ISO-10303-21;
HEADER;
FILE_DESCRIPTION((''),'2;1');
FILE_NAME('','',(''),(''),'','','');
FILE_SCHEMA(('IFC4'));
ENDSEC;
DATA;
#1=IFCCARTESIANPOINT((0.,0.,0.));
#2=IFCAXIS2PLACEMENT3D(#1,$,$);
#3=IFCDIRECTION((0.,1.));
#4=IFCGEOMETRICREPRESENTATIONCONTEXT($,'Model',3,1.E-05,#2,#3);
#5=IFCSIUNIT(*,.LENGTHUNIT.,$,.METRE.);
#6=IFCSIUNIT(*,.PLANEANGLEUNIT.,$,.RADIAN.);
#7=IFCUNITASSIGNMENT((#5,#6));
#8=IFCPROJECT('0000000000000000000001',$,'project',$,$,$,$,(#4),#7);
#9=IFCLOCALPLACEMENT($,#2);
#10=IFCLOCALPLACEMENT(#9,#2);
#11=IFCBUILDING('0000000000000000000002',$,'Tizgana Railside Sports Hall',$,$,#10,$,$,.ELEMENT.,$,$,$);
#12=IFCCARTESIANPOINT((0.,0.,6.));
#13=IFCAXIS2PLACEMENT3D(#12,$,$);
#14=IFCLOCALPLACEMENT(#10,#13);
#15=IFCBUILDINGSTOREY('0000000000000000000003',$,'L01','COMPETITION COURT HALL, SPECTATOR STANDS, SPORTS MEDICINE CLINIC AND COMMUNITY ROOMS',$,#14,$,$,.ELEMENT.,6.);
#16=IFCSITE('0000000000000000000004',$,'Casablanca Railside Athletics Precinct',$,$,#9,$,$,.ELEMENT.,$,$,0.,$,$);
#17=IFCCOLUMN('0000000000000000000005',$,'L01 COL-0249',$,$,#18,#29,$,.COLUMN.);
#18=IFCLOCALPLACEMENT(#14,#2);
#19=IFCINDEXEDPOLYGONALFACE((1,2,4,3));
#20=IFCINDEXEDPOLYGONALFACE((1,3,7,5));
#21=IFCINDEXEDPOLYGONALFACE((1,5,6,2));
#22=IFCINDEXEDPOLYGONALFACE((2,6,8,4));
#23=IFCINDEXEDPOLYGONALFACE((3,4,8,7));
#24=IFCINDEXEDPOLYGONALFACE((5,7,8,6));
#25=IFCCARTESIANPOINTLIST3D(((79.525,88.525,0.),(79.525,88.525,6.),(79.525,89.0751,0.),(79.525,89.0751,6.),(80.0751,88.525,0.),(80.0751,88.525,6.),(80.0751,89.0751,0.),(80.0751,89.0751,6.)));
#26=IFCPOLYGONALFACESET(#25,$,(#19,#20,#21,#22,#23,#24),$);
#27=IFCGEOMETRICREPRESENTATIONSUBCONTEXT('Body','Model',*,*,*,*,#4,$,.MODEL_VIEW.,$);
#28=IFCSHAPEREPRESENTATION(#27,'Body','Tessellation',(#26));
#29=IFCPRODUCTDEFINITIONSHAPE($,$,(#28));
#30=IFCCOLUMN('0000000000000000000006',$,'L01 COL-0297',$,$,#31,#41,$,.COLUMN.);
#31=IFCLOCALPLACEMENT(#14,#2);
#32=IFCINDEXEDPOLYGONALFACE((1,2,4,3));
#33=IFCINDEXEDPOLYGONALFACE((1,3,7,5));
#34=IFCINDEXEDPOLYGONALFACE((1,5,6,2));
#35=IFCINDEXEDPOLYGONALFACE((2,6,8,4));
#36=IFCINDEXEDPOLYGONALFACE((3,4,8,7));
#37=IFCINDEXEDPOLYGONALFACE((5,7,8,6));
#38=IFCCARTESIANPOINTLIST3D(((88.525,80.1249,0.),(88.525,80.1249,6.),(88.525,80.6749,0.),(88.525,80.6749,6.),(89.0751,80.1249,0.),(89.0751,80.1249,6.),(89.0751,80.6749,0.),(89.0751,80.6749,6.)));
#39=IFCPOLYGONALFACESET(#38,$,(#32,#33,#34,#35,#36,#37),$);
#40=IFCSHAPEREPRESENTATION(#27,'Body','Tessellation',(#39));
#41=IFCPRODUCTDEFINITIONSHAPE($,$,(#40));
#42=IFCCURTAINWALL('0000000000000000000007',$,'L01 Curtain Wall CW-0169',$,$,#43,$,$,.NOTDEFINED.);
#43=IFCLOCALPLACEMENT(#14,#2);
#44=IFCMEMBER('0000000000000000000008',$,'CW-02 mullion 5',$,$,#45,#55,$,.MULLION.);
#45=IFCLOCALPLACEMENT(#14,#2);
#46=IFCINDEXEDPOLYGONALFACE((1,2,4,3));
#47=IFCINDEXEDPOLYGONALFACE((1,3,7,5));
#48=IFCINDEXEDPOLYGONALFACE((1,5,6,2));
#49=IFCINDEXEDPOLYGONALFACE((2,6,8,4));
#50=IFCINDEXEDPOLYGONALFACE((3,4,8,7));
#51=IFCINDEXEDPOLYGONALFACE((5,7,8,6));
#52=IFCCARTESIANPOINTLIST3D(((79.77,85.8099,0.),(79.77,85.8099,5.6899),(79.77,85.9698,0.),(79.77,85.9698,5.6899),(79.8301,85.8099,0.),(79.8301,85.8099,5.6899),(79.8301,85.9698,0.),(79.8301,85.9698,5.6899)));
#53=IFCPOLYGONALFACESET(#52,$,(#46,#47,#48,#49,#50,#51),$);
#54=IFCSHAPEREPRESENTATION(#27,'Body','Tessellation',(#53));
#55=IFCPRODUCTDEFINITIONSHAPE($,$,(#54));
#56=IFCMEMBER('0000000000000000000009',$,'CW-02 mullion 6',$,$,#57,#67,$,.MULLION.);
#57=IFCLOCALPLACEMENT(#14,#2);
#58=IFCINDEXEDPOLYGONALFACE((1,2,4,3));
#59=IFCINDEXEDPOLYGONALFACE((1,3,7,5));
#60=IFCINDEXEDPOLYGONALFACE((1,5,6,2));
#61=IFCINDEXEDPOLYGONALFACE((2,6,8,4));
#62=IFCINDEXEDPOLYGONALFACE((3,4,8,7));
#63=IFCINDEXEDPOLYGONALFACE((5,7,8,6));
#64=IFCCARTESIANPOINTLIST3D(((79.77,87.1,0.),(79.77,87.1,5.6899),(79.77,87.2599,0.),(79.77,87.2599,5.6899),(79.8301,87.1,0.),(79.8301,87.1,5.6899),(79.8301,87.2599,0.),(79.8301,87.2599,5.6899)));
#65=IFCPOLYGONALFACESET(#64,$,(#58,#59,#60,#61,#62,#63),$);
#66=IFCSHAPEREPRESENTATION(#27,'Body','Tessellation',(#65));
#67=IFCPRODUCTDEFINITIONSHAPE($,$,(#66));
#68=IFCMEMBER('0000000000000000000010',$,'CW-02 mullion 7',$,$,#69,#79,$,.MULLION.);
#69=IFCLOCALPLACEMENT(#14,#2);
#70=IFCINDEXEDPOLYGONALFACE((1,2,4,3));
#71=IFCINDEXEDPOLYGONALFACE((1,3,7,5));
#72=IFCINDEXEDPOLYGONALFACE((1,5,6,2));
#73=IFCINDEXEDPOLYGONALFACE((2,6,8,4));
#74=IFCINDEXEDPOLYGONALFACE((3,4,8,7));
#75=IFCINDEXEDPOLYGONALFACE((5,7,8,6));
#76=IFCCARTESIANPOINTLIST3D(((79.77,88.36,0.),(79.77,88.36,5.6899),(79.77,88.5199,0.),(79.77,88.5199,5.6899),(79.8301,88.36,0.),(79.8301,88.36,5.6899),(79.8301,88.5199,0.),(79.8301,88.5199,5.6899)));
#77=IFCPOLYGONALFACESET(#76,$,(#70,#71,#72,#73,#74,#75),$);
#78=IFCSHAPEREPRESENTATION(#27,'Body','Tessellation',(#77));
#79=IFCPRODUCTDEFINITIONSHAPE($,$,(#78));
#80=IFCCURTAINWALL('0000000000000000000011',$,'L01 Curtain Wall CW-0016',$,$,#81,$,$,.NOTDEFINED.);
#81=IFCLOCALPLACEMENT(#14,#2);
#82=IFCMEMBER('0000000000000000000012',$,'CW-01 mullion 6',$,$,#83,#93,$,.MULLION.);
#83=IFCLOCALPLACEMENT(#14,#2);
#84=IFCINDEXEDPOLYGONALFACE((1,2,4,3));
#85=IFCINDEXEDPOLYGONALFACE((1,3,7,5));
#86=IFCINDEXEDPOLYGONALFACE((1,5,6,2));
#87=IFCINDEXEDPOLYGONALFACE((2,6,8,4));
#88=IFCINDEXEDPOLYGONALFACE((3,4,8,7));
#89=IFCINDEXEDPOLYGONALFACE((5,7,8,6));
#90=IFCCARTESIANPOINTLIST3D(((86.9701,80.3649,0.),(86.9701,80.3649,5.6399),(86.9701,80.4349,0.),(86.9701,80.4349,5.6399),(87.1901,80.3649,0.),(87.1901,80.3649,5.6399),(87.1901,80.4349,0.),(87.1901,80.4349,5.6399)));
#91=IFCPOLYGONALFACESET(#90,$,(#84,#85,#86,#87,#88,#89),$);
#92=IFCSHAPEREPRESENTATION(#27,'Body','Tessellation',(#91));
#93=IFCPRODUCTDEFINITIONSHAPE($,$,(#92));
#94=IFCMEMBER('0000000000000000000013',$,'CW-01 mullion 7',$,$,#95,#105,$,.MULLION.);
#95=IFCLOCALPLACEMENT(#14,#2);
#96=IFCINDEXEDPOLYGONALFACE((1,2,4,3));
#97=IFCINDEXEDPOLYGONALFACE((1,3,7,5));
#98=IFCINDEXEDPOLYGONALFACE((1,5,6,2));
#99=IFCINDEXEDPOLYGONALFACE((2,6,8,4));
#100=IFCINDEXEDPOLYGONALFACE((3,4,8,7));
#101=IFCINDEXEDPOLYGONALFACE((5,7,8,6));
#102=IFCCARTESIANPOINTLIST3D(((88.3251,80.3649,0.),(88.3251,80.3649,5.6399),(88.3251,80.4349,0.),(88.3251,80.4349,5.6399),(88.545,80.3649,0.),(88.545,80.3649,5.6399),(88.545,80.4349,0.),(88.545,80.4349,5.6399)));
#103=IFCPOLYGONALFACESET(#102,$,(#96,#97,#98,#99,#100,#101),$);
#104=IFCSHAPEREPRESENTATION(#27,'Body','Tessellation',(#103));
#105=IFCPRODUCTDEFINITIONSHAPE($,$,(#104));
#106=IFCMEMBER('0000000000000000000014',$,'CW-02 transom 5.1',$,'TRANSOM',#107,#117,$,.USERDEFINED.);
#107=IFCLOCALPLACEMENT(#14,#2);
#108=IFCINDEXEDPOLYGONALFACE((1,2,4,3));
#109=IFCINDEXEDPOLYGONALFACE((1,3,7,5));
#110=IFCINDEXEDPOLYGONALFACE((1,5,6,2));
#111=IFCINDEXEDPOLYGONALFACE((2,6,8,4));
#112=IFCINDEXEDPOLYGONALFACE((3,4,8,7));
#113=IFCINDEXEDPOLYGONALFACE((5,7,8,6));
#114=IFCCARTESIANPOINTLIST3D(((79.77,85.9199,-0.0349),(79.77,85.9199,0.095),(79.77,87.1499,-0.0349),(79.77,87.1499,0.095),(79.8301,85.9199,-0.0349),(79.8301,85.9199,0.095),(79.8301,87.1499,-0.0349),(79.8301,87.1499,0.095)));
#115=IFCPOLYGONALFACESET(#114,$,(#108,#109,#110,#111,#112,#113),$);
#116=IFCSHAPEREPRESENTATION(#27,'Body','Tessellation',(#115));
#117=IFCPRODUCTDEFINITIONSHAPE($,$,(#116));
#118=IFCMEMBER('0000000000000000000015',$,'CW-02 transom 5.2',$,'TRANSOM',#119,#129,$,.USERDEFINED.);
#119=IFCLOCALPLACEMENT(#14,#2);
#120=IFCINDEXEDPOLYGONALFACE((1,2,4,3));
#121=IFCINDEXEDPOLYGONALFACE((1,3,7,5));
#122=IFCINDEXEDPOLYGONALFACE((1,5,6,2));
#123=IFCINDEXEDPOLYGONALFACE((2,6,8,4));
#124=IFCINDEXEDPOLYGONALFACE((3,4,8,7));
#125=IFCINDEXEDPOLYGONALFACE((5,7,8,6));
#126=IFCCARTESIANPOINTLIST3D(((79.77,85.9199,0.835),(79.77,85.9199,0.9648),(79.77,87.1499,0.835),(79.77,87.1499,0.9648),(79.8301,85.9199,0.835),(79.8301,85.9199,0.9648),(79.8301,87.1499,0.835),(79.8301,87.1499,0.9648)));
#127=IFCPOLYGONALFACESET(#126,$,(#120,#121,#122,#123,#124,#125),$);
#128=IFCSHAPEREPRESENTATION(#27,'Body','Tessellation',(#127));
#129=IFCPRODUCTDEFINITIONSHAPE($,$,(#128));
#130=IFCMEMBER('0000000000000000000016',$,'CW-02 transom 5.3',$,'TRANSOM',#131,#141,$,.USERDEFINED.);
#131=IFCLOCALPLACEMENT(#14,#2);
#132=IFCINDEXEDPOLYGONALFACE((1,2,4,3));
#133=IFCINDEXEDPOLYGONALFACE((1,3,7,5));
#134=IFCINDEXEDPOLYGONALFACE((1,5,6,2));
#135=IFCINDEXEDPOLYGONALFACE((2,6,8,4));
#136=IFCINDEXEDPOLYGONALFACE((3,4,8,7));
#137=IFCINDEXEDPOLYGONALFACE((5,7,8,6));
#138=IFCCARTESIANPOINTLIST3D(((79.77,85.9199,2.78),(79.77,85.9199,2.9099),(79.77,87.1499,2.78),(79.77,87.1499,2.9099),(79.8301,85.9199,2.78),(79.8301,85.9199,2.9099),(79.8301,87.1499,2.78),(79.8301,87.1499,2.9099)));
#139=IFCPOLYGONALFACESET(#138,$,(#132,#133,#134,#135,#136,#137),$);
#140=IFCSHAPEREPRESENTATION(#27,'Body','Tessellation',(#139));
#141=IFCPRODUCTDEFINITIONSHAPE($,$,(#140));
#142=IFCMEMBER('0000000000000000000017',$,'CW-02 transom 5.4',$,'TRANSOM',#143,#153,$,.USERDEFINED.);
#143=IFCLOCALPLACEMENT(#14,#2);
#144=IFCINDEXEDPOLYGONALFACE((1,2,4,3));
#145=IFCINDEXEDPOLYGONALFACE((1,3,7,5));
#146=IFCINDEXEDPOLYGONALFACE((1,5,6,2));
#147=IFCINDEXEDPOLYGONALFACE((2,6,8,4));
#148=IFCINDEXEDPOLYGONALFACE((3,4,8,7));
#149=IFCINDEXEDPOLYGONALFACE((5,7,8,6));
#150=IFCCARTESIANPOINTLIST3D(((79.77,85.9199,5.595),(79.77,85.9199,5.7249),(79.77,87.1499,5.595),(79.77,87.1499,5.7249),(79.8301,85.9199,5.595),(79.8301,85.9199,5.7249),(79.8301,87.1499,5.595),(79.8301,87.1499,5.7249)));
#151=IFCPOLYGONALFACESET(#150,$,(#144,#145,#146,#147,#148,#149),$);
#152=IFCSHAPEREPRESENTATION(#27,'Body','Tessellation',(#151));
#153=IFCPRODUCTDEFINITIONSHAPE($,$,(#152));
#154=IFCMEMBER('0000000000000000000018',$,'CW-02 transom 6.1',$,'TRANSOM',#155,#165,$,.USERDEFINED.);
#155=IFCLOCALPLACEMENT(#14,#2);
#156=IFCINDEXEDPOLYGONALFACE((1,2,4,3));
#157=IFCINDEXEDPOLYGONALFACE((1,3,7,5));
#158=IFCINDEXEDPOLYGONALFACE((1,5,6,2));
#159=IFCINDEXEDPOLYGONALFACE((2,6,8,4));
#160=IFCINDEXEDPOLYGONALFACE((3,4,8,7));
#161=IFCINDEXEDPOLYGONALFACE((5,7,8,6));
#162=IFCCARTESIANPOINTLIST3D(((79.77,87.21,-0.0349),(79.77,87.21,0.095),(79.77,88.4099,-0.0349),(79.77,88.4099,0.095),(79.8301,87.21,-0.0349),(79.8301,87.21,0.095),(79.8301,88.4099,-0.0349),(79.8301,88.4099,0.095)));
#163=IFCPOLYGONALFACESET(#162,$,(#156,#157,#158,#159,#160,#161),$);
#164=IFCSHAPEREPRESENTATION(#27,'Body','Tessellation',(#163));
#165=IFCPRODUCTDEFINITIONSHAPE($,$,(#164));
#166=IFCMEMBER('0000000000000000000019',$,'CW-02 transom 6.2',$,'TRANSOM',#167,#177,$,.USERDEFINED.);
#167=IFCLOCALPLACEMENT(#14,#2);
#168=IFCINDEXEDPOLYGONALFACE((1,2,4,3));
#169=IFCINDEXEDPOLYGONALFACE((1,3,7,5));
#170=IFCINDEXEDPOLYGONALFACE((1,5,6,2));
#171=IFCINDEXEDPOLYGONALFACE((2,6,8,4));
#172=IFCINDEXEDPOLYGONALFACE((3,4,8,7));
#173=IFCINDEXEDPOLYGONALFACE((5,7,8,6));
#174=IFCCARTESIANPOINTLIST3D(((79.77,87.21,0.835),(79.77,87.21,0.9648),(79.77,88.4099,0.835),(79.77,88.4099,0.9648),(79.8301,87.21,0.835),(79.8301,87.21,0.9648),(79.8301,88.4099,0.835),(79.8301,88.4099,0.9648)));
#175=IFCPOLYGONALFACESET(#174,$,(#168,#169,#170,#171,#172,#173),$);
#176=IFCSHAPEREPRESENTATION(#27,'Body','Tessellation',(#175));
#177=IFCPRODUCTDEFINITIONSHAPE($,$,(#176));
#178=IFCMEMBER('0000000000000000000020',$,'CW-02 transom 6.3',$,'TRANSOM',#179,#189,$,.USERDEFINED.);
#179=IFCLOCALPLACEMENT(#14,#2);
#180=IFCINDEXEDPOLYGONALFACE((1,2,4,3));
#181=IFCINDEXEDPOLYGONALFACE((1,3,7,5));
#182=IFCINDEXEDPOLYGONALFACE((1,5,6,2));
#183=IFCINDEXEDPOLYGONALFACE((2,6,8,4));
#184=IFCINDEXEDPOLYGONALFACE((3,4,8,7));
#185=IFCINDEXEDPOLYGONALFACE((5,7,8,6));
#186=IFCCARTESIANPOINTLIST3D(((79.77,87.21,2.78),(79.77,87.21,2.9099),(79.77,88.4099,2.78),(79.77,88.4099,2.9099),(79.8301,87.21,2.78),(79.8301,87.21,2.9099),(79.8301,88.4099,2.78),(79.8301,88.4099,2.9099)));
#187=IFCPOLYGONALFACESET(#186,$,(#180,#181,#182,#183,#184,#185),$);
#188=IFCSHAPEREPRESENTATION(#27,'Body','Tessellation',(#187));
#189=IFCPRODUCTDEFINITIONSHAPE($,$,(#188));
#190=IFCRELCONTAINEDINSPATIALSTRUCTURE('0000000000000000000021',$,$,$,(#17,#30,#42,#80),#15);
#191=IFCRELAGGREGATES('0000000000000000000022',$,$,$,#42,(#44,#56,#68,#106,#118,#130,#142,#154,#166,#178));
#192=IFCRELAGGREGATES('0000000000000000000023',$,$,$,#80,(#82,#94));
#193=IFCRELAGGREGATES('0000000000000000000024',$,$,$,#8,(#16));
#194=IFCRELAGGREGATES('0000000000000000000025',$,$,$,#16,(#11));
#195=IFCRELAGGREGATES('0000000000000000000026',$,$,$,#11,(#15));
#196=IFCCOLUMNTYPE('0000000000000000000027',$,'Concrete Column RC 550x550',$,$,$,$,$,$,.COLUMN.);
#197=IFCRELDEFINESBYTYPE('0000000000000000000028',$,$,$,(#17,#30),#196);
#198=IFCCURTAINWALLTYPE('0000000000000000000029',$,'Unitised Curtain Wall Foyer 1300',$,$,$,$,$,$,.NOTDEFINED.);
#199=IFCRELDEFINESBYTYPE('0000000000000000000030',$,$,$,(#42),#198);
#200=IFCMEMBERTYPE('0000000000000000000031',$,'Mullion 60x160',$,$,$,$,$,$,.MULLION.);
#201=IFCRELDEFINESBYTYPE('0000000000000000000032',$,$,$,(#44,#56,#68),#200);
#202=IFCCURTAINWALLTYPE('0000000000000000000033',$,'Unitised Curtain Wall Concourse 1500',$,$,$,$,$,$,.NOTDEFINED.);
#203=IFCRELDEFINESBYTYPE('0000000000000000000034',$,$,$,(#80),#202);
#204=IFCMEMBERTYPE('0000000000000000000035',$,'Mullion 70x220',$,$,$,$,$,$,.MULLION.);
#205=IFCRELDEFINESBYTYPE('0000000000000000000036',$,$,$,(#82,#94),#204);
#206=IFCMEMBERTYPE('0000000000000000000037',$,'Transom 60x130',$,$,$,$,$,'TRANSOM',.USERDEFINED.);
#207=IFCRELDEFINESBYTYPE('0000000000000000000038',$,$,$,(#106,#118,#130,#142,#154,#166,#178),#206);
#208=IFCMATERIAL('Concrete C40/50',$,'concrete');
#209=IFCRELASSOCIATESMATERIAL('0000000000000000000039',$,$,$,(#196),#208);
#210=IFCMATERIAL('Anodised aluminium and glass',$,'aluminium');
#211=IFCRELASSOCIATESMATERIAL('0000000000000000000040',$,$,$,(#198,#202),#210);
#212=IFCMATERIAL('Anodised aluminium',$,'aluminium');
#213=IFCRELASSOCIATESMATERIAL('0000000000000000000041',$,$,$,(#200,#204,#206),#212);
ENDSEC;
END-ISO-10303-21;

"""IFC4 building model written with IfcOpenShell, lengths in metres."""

from ifc_helpers import new_model, si_unit, direction, frame, origin, origin_2d, place, context, subcontext, project, spatial, rectangle, extrude, material, material_profile, profile_set, type_object, element, aggregate, save


model = new_model("IFC4")

# Units and contexts
model_context = context("Model", 3, precision=1e-05, world=origin(), true_north=direction((0.0, 1.0)))
body_context = subcontext(model_context, "Body", "Model", "MODEL_VIEW")
ifc_project = project(units=[si_unit("LENGTHUNIT", "METRE"), si_unit("PLANEANGLEUNIT", "RADIAN")], contexts=[model_context])

# Site, building, storey
site_placement = place(None, origin())
site = spatial("IfcSite", under=ifc_project, at=site_placement, Name="Casablanca Railside Athletics Precinct", CompositionType="ELEMENT", RefElevation=0.0)
building_placement = place(site_placement, origin())
building = spatial("IfcBuilding", under=site, at=building_placement, Name="Tizgana Railside Sports Hall", CompositionType="ELEMENT")
storey_placement = place(building_placement, frame((0.0, 0.0, 6.0)))
storey = spatial("IfcBuildingStorey", under=building, at=storey_placement, Name="L01", Description="COMPETITION COURT HALL, SPECTATOR STANDS, SPORTS MEDICINE CLINIC AND COMMUNITY ROOMS", CompositionType="ELEMENT", Elevation=6.0)

# Columns
ifc_material_1 = material(Name="Concrete C40/50", Category="concrete")
ifc_material_profile_1 = material_profile(ifc_material_1, rectangle(XDim=0.55, YDim=0.55, at=origin_2d()), Name="RC 550x550")
ifc_profile_set_1 = profile_set([ifc_material_profile_1], Name="Concrete C40/50")
column_type = type_object("IfcColumnType", Name="Concrete Column RC 550x550", PredefinedType="COLUMN", material=ifc_profile_set_1)
for number, where, z_axis, x_axis, name in (
    (1, (79.8, 88.8, 0.0), (0.0, 0.0, 1.0), (1.0, 0.0, 0.0), "L01 COL-0249"),
    (2, (88.8, 80.3999, 0.0), (0.0, 0.0, 1.0), (1.0, 0.0, 0.0), "L01 COL-0297"),
):
    element("IfcColumn", number, at=place(storey_placement, frame(where, z_axis=z_axis, x_axis=x_axis)), inside=storey, type_object=column_type, Name=name, PredefinedType="COLUMN", context=body_context, shape_type="SweptSolid", body=[
        extrude(rectangle(XDim=0.55, YDim=0.55, at=origin_2d()), origin(), (0.0, 0.0, 1.0), 6.0),
    ])

# Curtain walls, members
ifc_material_2 = material(Name="Anodised aluminium and glass", Category="aluminium")
curtain_wall_type_1 = type_object("IfcCurtainWallType", Name="Unitised Curtain Wall Foyer 1300", PredefinedType="NOTDEFINED", material=ifc_material_2)
curtain_wall_1_placement = place(storey_placement, origin())
curtain_wall_1 = element("IfcCurtainWall", 3, at=curtain_wall_1_placement, inside=storey, type_object=curtain_wall_type_1, Name="L01 Curtain Wall CW-0169", PredefinedType="NOTDEFINED")
ifc_material_3 = material(Name="Anodised aluminium", Category="aluminium")
ifc_material_profile_2 = material_profile(ifc_material_3, rectangle(XDim=0.0601, YDim=0.1599, at=origin_2d()), Name="Mullion 60x160")
ifc_profile_set_2 = profile_set([ifc_material_profile_2], Name="Anodised aluminium")
member_type_1 = type_object("IfcMemberType", Name="Mullion 60x160", PredefinedType="MULLION", material=ifc_profile_set_2)
member_1_placement = place(storey_placement, frame((79.8, 85.8899, 0.0), z_axis=(0.0, 0.0, 1.0), x_axis=(-1.0, 0.0, 0.0)))
member_1 = element("IfcMember", 4, at=member_1_placement, type_object=member_type_1, Name="CW-02 mullion 5", PredefinedType="MULLION", context=body_context, shape_type="SweptSolid", body=[
    extrude(rectangle(XDim=0.0601, YDim=0.1599, at=origin_2d()), origin(), (0.0, 0.0, 1.0), 5.6899),
])
member_2_placement = place(storey_placement, frame((79.8, 87.1799, 0.0), z_axis=(0.0, 0.0, 1.0), x_axis=(-1.0, 0.0, 0.0)))
member_2 = element("IfcMember", 5, at=member_2_placement, type_object=member_type_1, Name="CW-02 mullion 6", PredefinedType="MULLION", context=body_context, shape_type="SweptSolid", body=[
    extrude(rectangle(XDim=0.0601, YDim=0.1599, at=origin_2d()), origin(), (0.0, 0.0, 1.0), 5.6899),
])
member_3_placement = place(storey_placement, frame((79.8, 88.4399, 0.0), z_axis=(0.0, 0.0, 1.0), x_axis=(-1.0, 0.0, 0.0)))
member_3 = element("IfcMember", 6, at=member_3_placement, type_object=member_type_1, Name="CW-02 mullion 7", PredefinedType="MULLION", context=body_context, shape_type="SweptSolid", body=[
    extrude(rectangle(XDim=0.0601, YDim=0.1599, at=origin_2d()), origin(), (0.0, 0.0, 1.0), 5.6899),
])
curtain_wall_type_2 = type_object("IfcCurtainWallType", Name="Unitised Curtain Wall Concourse 1500", PredefinedType="NOTDEFINED", material=ifc_material_2)
curtain_wall_2_placement = place(storey_placement, origin())
curtain_wall_2 = element("IfcCurtainWall", 7, at=curtain_wall_2_placement, inside=storey, type_object=curtain_wall_type_2, Name="L01 Curtain Wall CW-0016", PredefinedType="NOTDEFINED")
ifc_material_profile_3 = material_profile(ifc_material_3, rectangle(XDim=0.0701, YDim=0.22, at=origin_2d()), Name="Mullion 70x220")
ifc_profile_set_3 = profile_set([ifc_material_profile_3], Name="Anodised aluminium")
member_type_2 = type_object("IfcMemberType", Name="Mullion 70x220", PredefinedType="MULLION", material=ifc_profile_set_3)
member_4_placement = place(storey_placement, frame((87.0801, 80.3999, 0.0), z_axis=(0.0, 0.0, 1.0), x_axis=(0.0, 1.0, 0.0)))
member_4 = element("IfcMember", 8, at=member_4_placement, type_object=member_type_2, Name="CW-01 mullion 6", PredefinedType="MULLION", context=body_context, shape_type="SweptSolid", body=[
    extrude(rectangle(XDim=0.0701, YDim=0.22, at=origin_2d()), origin(), (0.0, 0.0, 1.0), 5.6399),
])
member_5_placement = place(storey_placement, frame((88.4351, 80.3999, 0.0), z_axis=(0.0, 0.0, 1.0), x_axis=(0.0, 1.0, 0.0)))
member_5 = element("IfcMember", 9, at=member_5_placement, type_object=member_type_2, Name="CW-01 mullion 7", PredefinedType="MULLION", context=body_context, shape_type="SweptSolid", body=[
    extrude(rectangle(XDim=0.0701, YDim=0.22, at=origin_2d()), origin(), (0.0, 0.0, 1.0), 5.6399),
])

# Members
ifc_material_profile_4 = material_profile(ifc_material_3, rectangle(XDim=0.0601, YDim=0.1299, at=origin_2d()), Name="Transom 60x130")
ifc_profile_set_4 = profile_set([ifc_material_profile_4], Name="Anodised aluminium")
member_type_3 = type_object("IfcMemberType", Name="Transom 60x130", ElementType="TRANSOM", PredefinedType="USERDEFINED", material=ifc_profile_set_4)
member_6_placement = place(storey_placement, frame((79.8, 85.9199, 0.03), z_axis=(0.0, 1.0, 0.0), x_axis=(-1.0, 0.0, 0.0)))
member_6 = element("IfcMember", 10, at=member_6_placement, type_object=member_type_3, Name="CW-02 transom 5.1", ObjectType="TRANSOM", PredefinedType="USERDEFINED", context=body_context, shape_type="SweptSolid", body=[
    extrude(rectangle(XDim=0.0601, YDim=0.1299, at=origin_2d()), origin(), (0.0, 0.0, 1.0), 1.23),
])
member_7_placement = place(storey_placement, frame((79.8, 85.9199, 0.8999), z_axis=(0.0, 1.0, 0.0), x_axis=(-1.0, 0.0, 0.0)))
member_7 = element("IfcMember", 11, at=member_7_placement, type_object=member_type_3, Name="CW-02 transom 5.2", ObjectType="TRANSOM", PredefinedType="USERDEFINED", context=body_context, shape_type="SweptSolid", body=[
    extrude(rectangle(XDim=0.0601, YDim=0.1299, at=origin_2d()), origin(), (0.0, 0.0, 1.0), 1.23),
])
member_8_placement = place(storey_placement, frame((79.8, 85.9199, 2.845), z_axis=(0.0, 1.0, 0.0), x_axis=(-1.0, 0.0, 0.0)))
member_8 = element("IfcMember", 12, at=member_8_placement, type_object=member_type_3, Name="CW-02 transom 5.3", ObjectType="TRANSOM", PredefinedType="USERDEFINED", context=body_context, shape_type="SweptSolid", body=[
    extrude(rectangle(XDim=0.0601, YDim=0.1299, at=origin_2d()), origin(), (0.0, 0.0, 1.0), 1.23),
])
member_9_placement = place(storey_placement, frame((79.8, 85.9199, 5.6599), z_axis=(0.0, 1.0, 0.0), x_axis=(-1.0, 0.0, 0.0)))
member_9 = element("IfcMember", 13, at=member_9_placement, type_object=member_type_3, Name="CW-02 transom 5.4", ObjectType="TRANSOM", PredefinedType="USERDEFINED", context=body_context, shape_type="SweptSolid", body=[
    extrude(rectangle(XDim=0.0601, YDim=0.1299, at=origin_2d()), origin(), (0.0, 0.0, 1.0), 1.23),
])
member_10_placement = place(storey_placement, frame((79.8, 87.21, 0.03), z_axis=(0.0, 1.0, 0.0), x_axis=(-1.0, 0.0, 0.0)))
member_10 = element("IfcMember", 14, at=member_10_placement, type_object=member_type_3, Name="CW-02 transom 6.1", ObjectType="TRANSOM", PredefinedType="USERDEFINED", context=body_context, shape_type="SweptSolid", body=[
    extrude(rectangle(XDim=0.0601, YDim=0.1299, at=origin_2d()), origin(), (0.0, 0.0, 1.0), 1.2),
])
member_11_placement = place(storey_placement, frame((79.8, 87.21, 0.8999), z_axis=(0.0, 1.0, 0.0), x_axis=(-1.0, 0.0, 0.0)))
member_11 = element("IfcMember", 15, at=member_11_placement, type_object=member_type_3, Name="CW-02 transom 6.2", ObjectType="TRANSOM", PredefinedType="USERDEFINED", context=body_context, shape_type="SweptSolid", body=[
    extrude(rectangle(XDim=0.0601, YDim=0.1299, at=origin_2d()), origin(), (0.0, 0.0, 1.0), 1.2),
])
member_12_placement = place(storey_placement, frame((79.8, 87.21, 2.845), z_axis=(0.0, 1.0, 0.0), x_axis=(-1.0, 0.0, 0.0)))
member_12 = element("IfcMember", 16, at=member_12_placement, type_object=member_type_3, Name="CW-02 transom 6.3", ObjectType="TRANSOM", PredefinedType="USERDEFINED", context=body_context, shape_type="SweptSolid", body=[
    extrude(rectangle(XDim=0.0601, YDim=0.1299, at=origin_2d()), origin(), (0.0, 0.0, 1.0), 1.2),
])

aggregate(curtain_wall_1, [member_1, member_2, member_3, member_6, member_7, member_8, member_9, member_10, member_11, member_12])
aggregate(curtain_wall_2, [member_4, member_5])

save(model, "model.ifc")
